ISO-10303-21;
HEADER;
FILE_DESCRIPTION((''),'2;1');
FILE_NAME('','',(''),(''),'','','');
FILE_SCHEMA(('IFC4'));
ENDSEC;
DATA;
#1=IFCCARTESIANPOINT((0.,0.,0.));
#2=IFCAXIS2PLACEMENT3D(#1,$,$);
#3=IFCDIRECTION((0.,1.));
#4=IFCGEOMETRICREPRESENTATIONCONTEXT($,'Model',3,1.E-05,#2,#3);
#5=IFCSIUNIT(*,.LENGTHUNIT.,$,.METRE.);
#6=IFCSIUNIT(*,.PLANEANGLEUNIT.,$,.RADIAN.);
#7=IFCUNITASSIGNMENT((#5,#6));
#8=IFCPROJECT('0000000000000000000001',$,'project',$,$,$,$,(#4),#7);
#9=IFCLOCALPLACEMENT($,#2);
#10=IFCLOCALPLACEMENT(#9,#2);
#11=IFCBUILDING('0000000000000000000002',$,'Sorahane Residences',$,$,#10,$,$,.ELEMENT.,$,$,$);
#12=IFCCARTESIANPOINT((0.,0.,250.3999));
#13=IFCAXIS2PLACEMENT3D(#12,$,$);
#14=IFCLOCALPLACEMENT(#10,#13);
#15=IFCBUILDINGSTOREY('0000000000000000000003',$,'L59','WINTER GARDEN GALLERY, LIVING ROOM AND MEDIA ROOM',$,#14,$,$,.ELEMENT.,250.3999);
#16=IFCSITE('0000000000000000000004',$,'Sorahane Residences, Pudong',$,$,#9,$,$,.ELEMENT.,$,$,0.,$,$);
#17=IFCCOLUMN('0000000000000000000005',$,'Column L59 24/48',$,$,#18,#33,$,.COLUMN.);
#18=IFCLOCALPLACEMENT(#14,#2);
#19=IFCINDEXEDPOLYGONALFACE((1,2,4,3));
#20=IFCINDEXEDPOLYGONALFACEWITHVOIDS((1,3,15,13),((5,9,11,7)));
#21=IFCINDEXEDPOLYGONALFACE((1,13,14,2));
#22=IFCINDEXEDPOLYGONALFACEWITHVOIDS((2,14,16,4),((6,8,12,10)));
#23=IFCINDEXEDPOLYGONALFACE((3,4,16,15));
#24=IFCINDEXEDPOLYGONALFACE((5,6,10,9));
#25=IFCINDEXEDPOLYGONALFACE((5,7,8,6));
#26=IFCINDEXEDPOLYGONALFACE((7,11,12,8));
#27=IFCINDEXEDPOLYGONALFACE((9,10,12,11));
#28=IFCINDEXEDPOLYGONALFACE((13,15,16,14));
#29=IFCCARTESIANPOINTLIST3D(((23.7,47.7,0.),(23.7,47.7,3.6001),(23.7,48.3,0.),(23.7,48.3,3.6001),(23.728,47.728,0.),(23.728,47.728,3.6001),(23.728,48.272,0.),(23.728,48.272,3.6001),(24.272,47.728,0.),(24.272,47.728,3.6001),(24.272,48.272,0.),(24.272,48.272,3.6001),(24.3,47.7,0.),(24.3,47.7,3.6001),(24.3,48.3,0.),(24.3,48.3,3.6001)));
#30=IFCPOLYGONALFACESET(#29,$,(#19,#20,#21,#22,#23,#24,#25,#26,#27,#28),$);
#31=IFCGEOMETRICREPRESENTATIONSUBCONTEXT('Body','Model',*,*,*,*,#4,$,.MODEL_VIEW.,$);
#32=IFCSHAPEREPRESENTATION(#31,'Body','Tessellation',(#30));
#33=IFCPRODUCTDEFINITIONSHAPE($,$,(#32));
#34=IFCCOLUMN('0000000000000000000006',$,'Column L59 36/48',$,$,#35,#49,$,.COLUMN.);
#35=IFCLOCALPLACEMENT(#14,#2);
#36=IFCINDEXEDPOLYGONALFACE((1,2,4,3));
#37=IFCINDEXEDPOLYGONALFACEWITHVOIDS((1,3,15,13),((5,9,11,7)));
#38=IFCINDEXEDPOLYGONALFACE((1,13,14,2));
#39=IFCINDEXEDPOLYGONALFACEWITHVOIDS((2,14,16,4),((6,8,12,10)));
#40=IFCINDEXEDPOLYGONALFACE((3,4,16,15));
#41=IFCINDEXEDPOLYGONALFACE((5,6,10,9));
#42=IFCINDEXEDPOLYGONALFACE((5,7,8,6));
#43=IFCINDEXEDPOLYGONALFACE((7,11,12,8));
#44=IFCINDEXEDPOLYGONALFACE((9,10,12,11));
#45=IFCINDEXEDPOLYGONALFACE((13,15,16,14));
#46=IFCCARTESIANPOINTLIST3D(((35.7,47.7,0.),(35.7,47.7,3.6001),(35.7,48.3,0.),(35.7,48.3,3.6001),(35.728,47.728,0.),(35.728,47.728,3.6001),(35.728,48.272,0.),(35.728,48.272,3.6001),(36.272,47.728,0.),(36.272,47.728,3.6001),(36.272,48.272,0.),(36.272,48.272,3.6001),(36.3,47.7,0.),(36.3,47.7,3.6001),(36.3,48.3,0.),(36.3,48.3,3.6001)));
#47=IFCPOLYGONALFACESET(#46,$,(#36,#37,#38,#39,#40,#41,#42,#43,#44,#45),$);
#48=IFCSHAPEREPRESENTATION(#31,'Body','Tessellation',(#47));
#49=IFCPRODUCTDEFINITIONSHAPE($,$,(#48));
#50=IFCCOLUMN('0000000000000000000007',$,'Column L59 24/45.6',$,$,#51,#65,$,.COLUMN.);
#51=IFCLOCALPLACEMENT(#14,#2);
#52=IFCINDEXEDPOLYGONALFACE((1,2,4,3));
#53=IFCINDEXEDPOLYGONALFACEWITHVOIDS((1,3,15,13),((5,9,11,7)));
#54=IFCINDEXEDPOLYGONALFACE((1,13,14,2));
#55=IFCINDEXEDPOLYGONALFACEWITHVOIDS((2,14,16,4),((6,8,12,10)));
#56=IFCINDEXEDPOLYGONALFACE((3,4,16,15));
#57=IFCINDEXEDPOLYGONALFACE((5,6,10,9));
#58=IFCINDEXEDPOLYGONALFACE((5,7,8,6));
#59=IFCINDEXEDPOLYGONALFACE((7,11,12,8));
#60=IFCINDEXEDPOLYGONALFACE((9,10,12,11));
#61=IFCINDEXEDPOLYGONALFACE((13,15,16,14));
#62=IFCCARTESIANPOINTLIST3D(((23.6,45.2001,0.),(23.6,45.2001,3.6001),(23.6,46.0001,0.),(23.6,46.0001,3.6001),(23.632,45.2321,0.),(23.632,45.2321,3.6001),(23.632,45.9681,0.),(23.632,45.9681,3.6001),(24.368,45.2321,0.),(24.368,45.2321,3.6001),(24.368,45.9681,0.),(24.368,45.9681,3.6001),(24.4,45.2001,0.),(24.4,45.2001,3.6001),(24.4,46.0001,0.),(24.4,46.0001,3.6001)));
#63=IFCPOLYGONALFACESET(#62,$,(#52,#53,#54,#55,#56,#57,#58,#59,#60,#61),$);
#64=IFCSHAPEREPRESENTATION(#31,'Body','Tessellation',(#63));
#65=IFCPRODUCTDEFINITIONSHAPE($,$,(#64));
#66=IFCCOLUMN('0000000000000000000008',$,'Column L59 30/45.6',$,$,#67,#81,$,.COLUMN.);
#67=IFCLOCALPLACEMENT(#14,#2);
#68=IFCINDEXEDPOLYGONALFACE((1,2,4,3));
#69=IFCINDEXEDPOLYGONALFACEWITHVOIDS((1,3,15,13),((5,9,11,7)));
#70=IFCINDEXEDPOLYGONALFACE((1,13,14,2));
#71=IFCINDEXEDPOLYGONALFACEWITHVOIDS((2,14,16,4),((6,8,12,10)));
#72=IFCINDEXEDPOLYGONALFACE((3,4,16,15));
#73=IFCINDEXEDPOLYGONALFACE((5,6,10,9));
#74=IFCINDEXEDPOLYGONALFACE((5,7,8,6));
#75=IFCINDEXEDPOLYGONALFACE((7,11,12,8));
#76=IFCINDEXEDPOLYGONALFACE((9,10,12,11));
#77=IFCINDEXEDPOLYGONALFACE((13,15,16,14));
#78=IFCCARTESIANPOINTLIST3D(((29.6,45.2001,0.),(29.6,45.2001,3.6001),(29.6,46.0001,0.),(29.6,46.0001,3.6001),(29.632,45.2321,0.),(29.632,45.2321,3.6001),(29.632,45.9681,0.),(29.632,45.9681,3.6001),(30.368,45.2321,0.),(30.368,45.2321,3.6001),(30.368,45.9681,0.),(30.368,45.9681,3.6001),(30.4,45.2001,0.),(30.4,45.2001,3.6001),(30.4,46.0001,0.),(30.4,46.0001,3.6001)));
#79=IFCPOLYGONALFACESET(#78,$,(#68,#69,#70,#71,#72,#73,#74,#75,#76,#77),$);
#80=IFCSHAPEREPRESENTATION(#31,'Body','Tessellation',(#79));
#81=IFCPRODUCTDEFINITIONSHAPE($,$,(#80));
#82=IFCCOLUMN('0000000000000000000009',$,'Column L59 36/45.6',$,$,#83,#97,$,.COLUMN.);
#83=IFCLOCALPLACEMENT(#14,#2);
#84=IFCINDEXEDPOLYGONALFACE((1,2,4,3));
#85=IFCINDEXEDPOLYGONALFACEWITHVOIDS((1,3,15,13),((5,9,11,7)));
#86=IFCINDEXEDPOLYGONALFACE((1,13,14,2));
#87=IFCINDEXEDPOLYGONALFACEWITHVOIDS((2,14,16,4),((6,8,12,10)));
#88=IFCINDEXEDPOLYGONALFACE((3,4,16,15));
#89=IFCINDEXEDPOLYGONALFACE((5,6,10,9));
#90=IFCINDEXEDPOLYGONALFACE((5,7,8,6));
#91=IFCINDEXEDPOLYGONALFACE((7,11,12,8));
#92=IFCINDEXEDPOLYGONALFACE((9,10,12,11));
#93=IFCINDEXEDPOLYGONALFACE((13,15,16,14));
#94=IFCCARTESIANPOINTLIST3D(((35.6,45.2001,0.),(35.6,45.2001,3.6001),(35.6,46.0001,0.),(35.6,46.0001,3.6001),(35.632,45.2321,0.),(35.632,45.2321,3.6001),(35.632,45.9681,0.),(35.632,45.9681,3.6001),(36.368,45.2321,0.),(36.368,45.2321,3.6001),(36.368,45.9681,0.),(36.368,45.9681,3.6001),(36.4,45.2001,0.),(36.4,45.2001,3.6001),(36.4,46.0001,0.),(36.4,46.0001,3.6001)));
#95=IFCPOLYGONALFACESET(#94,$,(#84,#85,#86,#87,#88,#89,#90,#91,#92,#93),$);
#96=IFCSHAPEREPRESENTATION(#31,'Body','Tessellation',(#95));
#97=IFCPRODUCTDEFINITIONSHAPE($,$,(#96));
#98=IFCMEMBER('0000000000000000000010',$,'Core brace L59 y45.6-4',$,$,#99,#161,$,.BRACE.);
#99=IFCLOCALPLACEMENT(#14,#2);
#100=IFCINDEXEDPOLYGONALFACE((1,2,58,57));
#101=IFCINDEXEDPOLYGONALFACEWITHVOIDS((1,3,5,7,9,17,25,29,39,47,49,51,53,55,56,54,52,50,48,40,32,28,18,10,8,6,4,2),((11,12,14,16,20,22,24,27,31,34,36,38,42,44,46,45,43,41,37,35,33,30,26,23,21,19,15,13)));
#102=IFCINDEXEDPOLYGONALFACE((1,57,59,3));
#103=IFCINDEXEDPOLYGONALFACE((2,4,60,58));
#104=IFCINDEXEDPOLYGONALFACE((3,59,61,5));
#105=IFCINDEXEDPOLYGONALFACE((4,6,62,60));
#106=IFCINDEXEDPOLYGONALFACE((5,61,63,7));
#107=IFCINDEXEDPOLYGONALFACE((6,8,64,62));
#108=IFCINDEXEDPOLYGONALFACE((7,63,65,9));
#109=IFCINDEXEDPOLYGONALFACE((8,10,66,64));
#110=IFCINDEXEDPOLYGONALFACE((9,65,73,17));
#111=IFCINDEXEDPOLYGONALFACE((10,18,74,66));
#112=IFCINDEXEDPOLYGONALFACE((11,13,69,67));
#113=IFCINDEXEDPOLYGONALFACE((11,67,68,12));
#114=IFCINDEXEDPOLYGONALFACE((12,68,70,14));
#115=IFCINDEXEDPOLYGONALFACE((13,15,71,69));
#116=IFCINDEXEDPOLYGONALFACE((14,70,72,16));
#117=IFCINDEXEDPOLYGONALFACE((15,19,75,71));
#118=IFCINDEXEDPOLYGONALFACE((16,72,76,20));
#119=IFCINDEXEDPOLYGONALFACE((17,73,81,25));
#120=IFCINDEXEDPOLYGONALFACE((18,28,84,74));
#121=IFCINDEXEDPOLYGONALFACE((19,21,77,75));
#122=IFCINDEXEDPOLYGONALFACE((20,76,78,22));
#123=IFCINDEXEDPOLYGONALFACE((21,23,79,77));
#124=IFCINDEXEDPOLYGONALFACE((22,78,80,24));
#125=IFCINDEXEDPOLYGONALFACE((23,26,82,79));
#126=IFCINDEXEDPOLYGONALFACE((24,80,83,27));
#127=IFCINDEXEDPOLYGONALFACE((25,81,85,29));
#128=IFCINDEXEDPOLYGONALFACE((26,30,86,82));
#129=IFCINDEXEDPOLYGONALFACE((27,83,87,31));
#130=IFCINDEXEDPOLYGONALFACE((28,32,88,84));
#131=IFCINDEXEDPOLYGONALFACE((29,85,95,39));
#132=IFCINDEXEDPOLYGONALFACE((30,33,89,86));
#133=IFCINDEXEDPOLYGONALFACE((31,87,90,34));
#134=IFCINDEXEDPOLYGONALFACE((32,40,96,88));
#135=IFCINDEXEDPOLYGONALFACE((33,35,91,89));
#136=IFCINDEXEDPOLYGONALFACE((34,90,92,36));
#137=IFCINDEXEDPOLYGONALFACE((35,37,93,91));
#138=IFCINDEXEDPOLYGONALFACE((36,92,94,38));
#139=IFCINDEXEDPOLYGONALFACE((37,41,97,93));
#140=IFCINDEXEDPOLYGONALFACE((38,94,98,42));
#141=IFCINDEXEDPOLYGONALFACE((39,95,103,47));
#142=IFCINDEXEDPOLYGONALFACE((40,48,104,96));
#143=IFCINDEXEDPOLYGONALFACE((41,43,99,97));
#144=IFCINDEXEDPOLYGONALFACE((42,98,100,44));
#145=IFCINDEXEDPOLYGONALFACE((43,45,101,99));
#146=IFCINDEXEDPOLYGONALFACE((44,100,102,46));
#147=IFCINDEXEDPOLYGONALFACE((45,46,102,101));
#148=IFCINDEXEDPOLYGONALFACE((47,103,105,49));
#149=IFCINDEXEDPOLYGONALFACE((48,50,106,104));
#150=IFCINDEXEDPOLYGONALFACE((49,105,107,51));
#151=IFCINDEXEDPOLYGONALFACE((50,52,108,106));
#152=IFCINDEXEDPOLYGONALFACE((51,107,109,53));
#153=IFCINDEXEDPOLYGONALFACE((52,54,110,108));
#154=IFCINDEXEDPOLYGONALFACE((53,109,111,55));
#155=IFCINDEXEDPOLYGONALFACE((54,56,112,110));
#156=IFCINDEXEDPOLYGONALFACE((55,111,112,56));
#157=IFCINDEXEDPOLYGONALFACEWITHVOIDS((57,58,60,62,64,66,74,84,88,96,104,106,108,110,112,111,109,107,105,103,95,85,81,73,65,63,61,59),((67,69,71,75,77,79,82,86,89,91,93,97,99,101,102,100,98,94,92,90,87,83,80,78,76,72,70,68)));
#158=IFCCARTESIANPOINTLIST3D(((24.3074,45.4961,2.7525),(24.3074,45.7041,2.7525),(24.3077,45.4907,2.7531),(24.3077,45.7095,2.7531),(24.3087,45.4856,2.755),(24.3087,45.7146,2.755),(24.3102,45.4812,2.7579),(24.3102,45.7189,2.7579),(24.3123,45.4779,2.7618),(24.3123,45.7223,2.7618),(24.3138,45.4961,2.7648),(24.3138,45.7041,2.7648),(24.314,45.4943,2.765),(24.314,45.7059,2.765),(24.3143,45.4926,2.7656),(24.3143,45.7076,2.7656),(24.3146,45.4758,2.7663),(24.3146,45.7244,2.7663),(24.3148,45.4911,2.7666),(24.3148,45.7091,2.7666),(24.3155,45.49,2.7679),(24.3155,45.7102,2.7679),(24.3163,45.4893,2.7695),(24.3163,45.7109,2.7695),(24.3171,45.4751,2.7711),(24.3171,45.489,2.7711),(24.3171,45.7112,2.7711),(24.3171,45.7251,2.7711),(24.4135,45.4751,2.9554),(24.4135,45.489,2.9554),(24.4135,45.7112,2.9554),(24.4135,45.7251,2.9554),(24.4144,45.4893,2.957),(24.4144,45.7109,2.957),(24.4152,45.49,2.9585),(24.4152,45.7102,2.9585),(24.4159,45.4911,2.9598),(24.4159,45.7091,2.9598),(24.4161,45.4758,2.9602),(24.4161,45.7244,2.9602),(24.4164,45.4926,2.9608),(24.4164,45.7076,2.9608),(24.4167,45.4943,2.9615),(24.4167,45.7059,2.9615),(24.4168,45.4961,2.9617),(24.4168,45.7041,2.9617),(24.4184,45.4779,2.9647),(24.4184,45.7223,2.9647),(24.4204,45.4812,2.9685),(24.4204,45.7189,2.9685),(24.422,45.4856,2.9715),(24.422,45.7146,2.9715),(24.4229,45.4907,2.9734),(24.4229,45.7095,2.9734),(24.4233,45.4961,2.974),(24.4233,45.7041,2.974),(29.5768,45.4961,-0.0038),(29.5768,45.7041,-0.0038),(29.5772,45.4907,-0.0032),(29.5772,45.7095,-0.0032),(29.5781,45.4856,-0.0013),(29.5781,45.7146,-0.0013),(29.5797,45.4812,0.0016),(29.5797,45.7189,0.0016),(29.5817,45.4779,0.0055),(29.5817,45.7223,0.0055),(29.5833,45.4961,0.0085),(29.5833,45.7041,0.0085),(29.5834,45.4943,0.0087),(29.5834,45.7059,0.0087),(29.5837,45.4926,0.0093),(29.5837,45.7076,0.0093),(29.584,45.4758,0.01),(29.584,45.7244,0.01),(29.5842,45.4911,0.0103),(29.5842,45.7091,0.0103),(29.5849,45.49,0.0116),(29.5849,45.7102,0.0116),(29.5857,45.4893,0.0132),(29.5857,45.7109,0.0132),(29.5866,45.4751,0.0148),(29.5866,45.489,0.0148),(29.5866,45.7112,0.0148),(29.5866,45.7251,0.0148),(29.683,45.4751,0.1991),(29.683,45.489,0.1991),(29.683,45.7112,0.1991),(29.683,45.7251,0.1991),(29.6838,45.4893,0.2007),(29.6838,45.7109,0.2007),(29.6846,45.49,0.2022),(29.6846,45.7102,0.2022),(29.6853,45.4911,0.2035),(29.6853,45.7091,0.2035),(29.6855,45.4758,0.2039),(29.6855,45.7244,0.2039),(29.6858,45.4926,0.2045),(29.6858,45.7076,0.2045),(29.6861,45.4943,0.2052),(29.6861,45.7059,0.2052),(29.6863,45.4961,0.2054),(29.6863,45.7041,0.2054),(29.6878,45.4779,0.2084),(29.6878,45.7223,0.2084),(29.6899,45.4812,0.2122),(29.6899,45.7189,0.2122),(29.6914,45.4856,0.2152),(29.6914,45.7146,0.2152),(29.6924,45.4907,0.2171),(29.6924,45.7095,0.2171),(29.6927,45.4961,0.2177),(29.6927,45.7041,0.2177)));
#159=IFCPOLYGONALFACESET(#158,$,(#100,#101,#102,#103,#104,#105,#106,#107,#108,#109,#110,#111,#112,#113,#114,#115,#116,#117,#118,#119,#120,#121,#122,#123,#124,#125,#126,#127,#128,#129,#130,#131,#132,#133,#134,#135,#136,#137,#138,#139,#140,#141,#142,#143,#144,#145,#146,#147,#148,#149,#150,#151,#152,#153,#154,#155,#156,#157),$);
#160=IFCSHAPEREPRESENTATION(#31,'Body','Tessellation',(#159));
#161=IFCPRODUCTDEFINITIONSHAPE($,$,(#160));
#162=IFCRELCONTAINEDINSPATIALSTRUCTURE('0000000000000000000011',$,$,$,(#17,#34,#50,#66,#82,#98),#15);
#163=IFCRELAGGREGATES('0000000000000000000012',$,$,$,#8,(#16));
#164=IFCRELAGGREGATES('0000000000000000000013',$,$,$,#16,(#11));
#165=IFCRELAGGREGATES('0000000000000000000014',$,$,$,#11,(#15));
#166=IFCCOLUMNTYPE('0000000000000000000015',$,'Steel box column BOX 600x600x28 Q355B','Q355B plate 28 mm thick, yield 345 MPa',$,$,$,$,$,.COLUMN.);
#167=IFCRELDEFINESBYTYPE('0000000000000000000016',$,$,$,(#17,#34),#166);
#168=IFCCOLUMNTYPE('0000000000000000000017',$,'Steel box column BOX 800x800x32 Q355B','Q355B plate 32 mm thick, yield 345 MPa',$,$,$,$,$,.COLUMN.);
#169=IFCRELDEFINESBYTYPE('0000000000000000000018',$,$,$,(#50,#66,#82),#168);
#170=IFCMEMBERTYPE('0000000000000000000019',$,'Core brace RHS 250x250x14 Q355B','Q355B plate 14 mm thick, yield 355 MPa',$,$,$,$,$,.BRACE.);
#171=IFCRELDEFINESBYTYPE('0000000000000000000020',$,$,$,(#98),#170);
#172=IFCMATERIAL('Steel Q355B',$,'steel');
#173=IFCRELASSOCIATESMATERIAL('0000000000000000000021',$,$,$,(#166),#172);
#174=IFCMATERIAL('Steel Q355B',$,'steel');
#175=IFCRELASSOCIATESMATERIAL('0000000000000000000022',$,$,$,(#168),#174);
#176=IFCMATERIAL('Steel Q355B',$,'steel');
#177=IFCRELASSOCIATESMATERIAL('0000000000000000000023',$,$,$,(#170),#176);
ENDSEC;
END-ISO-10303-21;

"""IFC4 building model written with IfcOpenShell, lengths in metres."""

from ifc_helpers import new_model, si_unit, direction, frame, origin, origin_2d, place, context, subcontext, project, spatial, hollow_rectangle, extrude, material, material_profile, profile_set, type_object, element, save


model = new_model("IFC4")

# Units and contexts
model_context = context("Model", 3, precision=1e-05, world=origin(), true_north=direction((0.0, 1.0)))
body_context = subcontext(model_context, "Body", "Model", "MODEL_VIEW")
ifc_project = project(units=[si_unit("LENGTHUNIT", "METRE"), si_unit("PLANEANGLEUNIT", "RADIAN")], contexts=[model_context])

# Site, building, storey
site_placement = place(None, origin())
site = spatial("IfcSite", under=ifc_project, at=site_placement, Name="Sorahane Residences, Pudong", CompositionType="ELEMENT", RefElevation=0.0)
building_placement = place(site_placement, origin())
building = spatial("IfcBuilding", under=site, at=building_placement, Name="Sorahane Residences", CompositionType="ELEMENT")
storey_placement = place(building_placement, frame((0.0, 0.0, 250.3999)))
storey = spatial("IfcBuildingStorey", under=building, at=storey_placement, Name="L59", Description="WINTER GARDEN GALLERY, LIVING ROOM AND MEDIA ROOM", CompositionType="ELEMENT", Elevation=250.3999)

# Columns
ifc_material_1 = material(Name="Steel Q355B", Category="steel")
ifc_material_profile_1 = material_profile(ifc_material_1, hollow_rectangle(XDim=0.6001, YDim=0.6001, WallThickness=0.0281, at=origin_2d()), Name="BOX 600x600x28")
ifc_profile_set_1 = profile_set([ifc_material_profile_1], Name="Steel Q355B")
column_type_1 = type_object("IfcColumnType", Name="Steel box column BOX 600x600x28 Q355B", Description="Q355B plate 28 mm thick, yield 345 MPa", PredefinedType="COLUMN", material=ifc_profile_set_1)
for number, where, z_axis, x_axis, name in (
    (1, (24.0, 48.0, 0.0), (0.0, 0.0, 1.0), (1.0, 0.0, 0.0), "Column L59 24/48"),
    (2, (36.0, 48.0, 0.0), (0.0, 0.0, 1.0), (1.0, 0.0, 0.0), "Column L59 36/48"),
):
    element("IfcColumn", number, at=place(storey_placement, frame(where, z_axis=z_axis, x_axis=x_axis)), inside=storey, type_object=column_type_1, Name=name, PredefinedType="COLUMN", context=body_context, shape_type="SweptSolid", body=[
        extrude(hollow_rectangle(XDim=0.6001, YDim=0.6001, WallThickness=0.0281, at=origin_2d()), origin(), (0.0, 0.0, 1.0), 3.6001),
    ])
ifc_material_2 = material(Name="Steel Q355B", Category="steel")
ifc_material_profile_2 = material_profile(ifc_material_2, hollow_rectangle(XDim=0.8, YDim=0.8, WallThickness=0.032, at=origin_2d()), Name="BOX 800x800x32")
ifc_profile_set_2 = profile_set([ifc_material_profile_2], Name="Steel Q355B")
column_type_2 = type_object("IfcColumnType", Name="Steel box column BOX 800x800x32 Q355B", Description="Q355B plate 32 mm thick, yield 345 MPa", PredefinedType="COLUMN", material=ifc_profile_set_2)
for number, where, z_axis, x_axis, name in (
    (3, (24.0, 45.6001, 0.0), (0.0, 0.0, 1.0), (1.0, 0.0, 0.0), "Column L59 24/45.6"),
    (4, (30.0, 45.6001, 0.0), (0.0, 0.0, 1.0), (1.0, 0.0, 0.0), "Column L59 30/45.6"),
    (5, (36.0, 45.6001, 0.0), (0.0, 0.0, 1.0), (1.0, 0.0, 0.0), "Column L59 36/45.6"),
):
    element("IfcColumn", number, at=place(storey_placement, frame(where, z_axis=z_axis, x_axis=x_axis)), inside=storey, type_object=column_type_2, Name=name, PredefinedType="COLUMN", context=body_context, shape_type="SweptSolid", body=[
        extrude(hollow_rectangle(XDim=0.8, YDim=0.8, WallThickness=0.032, at=origin_2d()), origin(), (0.0, 0.0, 1.0), 3.6001),
    ])

# Member
ifc_material_3 = material(Name="Steel Q355B", Category="steel")
ifc_material_profile_3 = material_profile(ifc_material_3, hollow_rectangle(XDim=0.25, YDim=0.25, WallThickness=0.0139, InnerFilletRadius=0.0071, OuterFilletRadius=0.021, at=origin_2d()), Name="RHS 250x250x14")
ifc_profile_set_3 = profile_set([ifc_material_profile_3], Name="Steel Q355B")
member_type_1 = type_object("IfcMemberType", Name="Core brace RHS 250x250x14 Q355B", Description="Q355B plate 14 mm thick, yield 355 MPa", PredefinedType="BRACE", material=ifc_profile_set_3)
member_1_placement = place(storey_placement, frame((29.6348, 45.6001, 0.1069), z_axis=(-0.8861, 0.0, 0.463495), x_axis=(0.0, -1.0, 0.0)))
element("IfcMember", 6, at=member_1_placement, inside=storey, type_object=member_type_1, Name="Core brace L59 y45.6-4", PredefinedType="BRACE", context=body_context, shape_type="SweptSolid", body=[
    extrude(hollow_rectangle(XDim=0.25, YDim=0.25, WallThickness=0.0139, InnerFilletRadius=0.0071, OuterFilletRadius=0.021, at=origin_2d()), origin(), (0.0, 0.0, 1.0), 5.9468),
])

save(model, "model.ifc")
